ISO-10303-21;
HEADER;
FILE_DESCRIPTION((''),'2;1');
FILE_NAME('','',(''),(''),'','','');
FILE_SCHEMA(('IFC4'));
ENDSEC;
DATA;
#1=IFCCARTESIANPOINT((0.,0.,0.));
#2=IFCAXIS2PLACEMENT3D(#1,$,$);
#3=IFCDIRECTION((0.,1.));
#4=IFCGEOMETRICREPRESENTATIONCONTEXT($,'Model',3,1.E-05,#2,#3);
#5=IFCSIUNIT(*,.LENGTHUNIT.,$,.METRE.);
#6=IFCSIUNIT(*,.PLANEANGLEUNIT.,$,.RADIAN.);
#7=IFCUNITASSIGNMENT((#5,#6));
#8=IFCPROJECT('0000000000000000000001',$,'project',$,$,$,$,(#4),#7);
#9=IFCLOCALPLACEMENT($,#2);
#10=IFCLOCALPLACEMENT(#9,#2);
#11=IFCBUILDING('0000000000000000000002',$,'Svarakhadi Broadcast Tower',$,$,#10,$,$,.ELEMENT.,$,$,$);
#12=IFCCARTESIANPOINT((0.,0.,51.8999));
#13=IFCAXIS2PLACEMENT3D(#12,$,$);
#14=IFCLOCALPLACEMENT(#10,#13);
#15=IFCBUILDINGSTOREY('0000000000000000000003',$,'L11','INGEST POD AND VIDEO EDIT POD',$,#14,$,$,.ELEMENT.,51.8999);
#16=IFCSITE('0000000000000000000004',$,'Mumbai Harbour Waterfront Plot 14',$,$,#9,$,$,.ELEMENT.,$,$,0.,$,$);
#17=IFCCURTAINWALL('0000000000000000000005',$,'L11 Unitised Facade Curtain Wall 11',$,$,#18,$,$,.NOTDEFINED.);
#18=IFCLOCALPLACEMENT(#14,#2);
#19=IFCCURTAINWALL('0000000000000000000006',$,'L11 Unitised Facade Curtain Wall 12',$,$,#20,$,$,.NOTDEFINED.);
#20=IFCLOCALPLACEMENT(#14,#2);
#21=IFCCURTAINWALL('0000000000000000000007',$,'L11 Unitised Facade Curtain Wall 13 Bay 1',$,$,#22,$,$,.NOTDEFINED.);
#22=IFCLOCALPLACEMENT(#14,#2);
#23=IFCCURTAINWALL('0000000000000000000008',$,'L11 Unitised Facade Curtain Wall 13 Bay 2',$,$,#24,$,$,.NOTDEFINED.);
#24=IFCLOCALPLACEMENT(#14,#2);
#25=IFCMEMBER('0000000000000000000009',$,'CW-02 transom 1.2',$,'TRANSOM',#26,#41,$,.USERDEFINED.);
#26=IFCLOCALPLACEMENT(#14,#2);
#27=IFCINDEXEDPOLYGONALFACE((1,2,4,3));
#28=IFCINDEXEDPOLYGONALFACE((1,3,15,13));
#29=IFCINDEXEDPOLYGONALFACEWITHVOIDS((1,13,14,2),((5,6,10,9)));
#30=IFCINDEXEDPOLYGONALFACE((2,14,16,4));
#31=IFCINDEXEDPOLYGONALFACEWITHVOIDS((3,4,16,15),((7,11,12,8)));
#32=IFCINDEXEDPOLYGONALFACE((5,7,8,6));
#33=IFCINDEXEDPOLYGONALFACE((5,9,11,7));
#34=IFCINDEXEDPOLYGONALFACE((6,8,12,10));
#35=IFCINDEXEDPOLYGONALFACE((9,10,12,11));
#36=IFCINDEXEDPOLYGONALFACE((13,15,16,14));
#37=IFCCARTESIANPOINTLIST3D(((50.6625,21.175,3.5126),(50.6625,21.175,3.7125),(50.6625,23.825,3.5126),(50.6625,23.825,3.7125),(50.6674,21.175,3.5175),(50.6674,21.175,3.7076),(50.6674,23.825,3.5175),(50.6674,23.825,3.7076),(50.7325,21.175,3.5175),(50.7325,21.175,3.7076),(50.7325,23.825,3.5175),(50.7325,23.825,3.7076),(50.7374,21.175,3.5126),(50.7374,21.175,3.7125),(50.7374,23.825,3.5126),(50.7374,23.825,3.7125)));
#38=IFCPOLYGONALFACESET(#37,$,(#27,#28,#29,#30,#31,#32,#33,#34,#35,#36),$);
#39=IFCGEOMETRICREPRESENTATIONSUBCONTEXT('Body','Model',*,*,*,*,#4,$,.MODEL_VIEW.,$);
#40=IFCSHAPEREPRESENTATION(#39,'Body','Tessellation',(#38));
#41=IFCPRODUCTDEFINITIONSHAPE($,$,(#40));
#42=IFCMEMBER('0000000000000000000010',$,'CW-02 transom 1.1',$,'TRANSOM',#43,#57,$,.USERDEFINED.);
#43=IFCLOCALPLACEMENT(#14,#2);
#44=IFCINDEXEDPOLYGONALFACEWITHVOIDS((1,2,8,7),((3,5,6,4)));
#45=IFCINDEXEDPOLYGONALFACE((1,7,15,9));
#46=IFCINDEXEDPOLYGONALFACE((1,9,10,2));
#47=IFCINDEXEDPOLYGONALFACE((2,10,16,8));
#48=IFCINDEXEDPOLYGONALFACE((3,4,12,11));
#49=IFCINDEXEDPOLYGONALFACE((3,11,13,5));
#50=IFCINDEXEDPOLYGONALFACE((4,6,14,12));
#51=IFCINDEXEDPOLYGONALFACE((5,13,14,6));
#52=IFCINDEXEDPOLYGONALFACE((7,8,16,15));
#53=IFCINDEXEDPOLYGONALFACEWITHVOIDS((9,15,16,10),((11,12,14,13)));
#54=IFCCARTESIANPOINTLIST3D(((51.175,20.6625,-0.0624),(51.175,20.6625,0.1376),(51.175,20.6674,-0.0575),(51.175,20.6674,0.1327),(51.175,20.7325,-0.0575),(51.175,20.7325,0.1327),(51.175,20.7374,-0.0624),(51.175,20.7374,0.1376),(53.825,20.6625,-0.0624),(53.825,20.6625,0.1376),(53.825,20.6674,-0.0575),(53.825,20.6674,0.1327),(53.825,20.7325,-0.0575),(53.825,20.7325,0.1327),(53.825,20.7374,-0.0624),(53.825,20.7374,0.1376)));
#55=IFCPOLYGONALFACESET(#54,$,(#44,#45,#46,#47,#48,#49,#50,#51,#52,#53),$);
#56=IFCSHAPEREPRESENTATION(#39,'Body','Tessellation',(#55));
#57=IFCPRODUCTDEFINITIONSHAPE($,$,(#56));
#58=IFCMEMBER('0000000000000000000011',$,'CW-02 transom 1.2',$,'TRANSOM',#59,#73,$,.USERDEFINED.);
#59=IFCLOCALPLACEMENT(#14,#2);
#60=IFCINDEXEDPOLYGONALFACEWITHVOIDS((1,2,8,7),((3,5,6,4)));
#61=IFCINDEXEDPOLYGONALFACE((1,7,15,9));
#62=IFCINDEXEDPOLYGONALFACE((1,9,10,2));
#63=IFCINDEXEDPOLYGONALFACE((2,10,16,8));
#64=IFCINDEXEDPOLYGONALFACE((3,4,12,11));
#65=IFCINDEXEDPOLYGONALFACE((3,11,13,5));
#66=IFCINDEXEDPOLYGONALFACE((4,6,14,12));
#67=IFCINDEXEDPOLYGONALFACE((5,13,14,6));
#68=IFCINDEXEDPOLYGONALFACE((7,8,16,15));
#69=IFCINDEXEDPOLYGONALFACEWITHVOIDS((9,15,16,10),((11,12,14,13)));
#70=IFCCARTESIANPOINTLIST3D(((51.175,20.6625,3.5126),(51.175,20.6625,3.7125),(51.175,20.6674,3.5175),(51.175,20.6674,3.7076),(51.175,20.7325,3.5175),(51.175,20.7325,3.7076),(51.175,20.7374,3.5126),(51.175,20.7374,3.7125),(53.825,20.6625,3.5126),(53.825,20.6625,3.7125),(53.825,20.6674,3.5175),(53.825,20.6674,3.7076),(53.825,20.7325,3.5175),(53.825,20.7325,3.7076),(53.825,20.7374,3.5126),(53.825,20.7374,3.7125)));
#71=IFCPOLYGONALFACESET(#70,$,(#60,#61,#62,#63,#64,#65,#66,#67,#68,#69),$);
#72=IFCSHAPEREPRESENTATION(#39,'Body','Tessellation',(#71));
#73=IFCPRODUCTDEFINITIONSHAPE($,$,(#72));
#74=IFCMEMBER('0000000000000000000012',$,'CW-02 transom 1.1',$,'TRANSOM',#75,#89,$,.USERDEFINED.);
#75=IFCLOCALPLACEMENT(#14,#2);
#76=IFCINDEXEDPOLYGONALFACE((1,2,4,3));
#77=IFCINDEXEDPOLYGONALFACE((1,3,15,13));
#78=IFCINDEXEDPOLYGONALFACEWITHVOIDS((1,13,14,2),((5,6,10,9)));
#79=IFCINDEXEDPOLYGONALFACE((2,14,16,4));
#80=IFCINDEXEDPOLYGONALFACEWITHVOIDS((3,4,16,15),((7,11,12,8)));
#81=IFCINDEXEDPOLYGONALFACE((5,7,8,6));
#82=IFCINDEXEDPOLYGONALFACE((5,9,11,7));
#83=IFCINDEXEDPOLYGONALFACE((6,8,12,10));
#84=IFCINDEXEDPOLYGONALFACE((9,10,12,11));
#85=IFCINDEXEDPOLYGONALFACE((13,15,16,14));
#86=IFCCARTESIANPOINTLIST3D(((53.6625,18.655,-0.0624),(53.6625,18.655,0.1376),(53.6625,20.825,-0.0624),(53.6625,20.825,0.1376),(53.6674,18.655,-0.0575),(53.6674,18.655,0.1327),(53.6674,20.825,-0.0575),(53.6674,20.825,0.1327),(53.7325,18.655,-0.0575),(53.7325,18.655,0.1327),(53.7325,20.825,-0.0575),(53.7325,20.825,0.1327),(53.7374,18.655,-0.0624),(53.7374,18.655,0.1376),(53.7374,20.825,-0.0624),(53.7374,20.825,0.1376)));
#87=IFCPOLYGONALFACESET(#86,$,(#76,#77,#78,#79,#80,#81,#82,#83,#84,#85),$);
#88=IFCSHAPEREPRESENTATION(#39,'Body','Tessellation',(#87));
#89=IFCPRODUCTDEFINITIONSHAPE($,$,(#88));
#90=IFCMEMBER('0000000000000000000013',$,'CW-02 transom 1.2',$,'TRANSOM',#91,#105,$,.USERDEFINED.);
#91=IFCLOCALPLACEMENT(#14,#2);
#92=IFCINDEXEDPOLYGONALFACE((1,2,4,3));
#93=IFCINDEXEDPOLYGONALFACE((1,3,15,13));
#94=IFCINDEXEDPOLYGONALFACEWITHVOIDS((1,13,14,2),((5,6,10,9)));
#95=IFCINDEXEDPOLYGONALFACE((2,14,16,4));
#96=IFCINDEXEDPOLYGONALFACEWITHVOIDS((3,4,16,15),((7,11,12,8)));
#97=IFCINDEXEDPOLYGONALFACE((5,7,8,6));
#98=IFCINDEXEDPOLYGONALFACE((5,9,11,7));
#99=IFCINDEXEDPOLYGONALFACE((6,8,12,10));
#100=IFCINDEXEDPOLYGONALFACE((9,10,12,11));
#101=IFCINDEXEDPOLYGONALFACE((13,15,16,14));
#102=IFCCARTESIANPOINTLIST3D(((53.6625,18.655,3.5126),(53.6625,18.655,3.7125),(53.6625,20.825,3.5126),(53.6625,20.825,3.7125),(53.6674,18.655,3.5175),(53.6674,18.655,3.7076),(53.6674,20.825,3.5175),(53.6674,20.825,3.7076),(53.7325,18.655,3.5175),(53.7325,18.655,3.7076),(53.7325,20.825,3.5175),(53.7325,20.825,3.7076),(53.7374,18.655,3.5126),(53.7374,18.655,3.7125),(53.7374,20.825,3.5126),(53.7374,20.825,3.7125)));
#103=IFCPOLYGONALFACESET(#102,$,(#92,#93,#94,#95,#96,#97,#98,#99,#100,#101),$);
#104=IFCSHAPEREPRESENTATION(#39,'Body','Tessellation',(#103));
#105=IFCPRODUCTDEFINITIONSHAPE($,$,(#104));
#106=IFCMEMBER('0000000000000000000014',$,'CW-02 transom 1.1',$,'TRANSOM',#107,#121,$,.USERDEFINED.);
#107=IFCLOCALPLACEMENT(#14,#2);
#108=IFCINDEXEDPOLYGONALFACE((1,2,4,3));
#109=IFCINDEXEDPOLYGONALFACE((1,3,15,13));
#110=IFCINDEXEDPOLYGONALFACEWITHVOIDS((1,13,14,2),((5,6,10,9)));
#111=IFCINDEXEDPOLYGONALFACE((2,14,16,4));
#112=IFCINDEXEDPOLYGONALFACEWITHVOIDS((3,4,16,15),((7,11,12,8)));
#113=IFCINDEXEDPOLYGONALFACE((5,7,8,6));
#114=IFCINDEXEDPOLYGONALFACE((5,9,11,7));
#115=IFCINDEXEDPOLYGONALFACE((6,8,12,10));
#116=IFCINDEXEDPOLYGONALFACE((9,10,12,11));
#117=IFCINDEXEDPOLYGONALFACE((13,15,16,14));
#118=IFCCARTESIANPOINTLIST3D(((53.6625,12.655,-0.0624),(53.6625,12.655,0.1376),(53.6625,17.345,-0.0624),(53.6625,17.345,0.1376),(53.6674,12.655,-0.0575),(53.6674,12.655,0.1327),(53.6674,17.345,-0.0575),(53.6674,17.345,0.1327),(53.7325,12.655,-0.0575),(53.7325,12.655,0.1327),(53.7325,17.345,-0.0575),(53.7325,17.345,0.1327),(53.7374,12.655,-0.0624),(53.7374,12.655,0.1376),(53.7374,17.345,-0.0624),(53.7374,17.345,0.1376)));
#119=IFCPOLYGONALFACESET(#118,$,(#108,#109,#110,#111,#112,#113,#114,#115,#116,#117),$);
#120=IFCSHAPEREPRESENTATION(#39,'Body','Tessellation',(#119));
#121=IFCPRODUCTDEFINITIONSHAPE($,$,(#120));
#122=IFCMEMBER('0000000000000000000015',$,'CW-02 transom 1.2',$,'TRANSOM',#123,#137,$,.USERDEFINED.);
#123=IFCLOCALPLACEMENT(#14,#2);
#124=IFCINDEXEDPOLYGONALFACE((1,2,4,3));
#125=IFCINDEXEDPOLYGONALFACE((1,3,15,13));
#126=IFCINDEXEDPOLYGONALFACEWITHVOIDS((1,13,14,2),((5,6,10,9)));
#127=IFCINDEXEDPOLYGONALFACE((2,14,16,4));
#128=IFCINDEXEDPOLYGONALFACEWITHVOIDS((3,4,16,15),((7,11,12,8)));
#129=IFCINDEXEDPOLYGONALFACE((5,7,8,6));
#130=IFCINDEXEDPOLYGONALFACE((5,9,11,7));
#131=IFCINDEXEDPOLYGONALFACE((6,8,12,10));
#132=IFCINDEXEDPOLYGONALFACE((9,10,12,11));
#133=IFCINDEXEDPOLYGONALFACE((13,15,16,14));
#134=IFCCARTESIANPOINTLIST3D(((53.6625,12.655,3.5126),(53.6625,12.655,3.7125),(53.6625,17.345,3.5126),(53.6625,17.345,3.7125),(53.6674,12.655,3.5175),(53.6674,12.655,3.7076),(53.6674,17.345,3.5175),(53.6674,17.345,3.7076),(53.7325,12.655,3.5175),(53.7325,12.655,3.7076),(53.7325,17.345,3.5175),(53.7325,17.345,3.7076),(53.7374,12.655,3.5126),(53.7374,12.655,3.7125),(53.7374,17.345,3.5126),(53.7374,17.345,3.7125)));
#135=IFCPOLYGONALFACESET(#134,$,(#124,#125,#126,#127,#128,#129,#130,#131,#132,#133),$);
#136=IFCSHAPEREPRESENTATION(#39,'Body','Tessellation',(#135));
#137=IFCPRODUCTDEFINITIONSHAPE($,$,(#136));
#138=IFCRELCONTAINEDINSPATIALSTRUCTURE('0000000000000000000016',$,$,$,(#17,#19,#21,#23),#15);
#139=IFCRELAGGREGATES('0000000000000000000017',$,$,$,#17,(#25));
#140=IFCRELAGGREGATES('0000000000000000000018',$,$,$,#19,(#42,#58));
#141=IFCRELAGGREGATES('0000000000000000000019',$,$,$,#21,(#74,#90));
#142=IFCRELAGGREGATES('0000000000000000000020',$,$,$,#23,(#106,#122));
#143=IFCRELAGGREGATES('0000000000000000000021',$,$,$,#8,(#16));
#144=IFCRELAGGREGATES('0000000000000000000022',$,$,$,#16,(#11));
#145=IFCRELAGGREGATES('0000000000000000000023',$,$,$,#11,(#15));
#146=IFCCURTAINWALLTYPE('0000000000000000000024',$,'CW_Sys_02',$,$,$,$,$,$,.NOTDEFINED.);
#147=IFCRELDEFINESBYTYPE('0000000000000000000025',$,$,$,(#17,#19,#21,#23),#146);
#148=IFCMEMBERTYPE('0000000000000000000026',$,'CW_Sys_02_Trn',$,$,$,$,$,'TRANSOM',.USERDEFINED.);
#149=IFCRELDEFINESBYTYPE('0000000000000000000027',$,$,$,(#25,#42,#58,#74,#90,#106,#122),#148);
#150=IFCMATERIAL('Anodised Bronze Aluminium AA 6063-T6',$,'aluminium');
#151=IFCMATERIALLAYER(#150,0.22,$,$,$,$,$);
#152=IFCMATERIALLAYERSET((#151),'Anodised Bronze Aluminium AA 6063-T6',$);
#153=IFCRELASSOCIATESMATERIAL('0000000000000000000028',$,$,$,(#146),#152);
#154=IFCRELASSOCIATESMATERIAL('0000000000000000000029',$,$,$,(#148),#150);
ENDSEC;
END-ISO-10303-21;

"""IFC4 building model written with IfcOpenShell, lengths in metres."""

from ifc_helpers import new_model, si_unit, direction, frame, origin, origin_2d, place, context, subcontext, project, spatial, hollow_rectangle, extrude, material, layer, layer_set, material_profile, profile_set, type_object, element, aggregate, save


model = new_model("IFC4")

# Units and contexts
model_context = context("Model", 3, precision=1e-05, world=origin(), true_north=direction((0.0, 1.0)))
body_context = subcontext(model_context, "Body", "Model", "MODEL_VIEW")
ifc_project = project(units=[si_unit("LENGTHUNIT", "METRE"), si_unit("PLANEANGLEUNIT", "RADIAN")], contexts=[model_context])

# Site, building, storey
site_placement = place(None, origin())
site = spatial("IfcSite", under=ifc_project, at=site_placement, Name="Mumbai Harbour Waterfront Plot 14", CompositionType="ELEMENT", RefElevation=0.0)
building_placement = place(site_placement, origin())
building = spatial("IfcBuilding", under=site, at=building_placement, Name="Svarakhadi Broadcast Tower", CompositionType="ELEMENT")
storey_placement = place(building_placement, frame((0.0, 0.0, 51.8999)))
storey = spatial("IfcBuildingStorey", under=building, at=storey_placement, Name="L11", Description="INGEST POD AND VIDEO EDIT POD", CompositionType="ELEMENT", Elevation=51.8999)

# Curtain wall
ifc_material_1 = material(Name="Anodised Bronze Aluminium AA 6063-T6", Category="aluminium")
ifc_layer_1 = layer(ifc_material_1, 0.22)
ifc_layer_set_1 = layer_set([ifc_layer_1], Name="Anodised Bronze Aluminium AA 6063-T6")
curtain_wall_type = type_object("IfcCurtainWallType", Name="CW_Sys_02", PredefinedType="NOTDEFINED", material=ifc_layer_set_1)
curtain_wall_1_placement = place(storey_placement, origin())
curtain_wall_1 = element("IfcCurtainWall", 1, at=curtain_wall_1_placement, inside=storey, type_object=curtain_wall_type, Name="L11 Unitised Facade Curtain Wall 11", PredefinedType="NOTDEFINED")

# Curtain walls
curtain_wall_2_placement = place(storey_placement, origin())
curtain_wall_2 = element("IfcCurtainWall", 2, at=curtain_wall_2_placement, inside=storey, type_object=curtain_wall_type, Name="L11 Unitised Facade Curtain Wall 12", PredefinedType="NOTDEFINED")
curtain_wall_3_placement = place(storey_placement, origin())
curtain_wall_3 = element("IfcCurtainWall", 3, at=curtain_wall_3_placement, inside=storey, type_object=curtain_wall_type, Name="L11 Unitised Facade Curtain Wall 13 Bay 1", PredefinedType="NOTDEFINED")
curtain_wall_4_placement = place(storey_placement, origin())
curtain_wall_4 = element("IfcCurtainWall", 4, at=curtain_wall_4_placement, inside=storey, type_object=curtain_wall_type, Name="L11 Unitised Facade Curtain Wall 13 Bay 2", PredefinedType="NOTDEFINED")

# Members
ifc_material_profile_1 = material_profile(ifc_material_1, hollow_rectangle(XDim=0.075, YDim=0.2, WallThickness=0.0049, at=origin_2d()), Name="ALU TRANSOM 200x75x5")
ifc_profile_set_1 = profile_set([ifc_material_profile_1], Name="Anodised Bronze Aluminium AA 6063-T6")
member_type_1 = type_object("IfcMemberType", Name="CW_Sys_02_Trn", ElementType="TRANSOM", PredefinedType="USERDEFINED", material=ifc_profile_set_1)
member_1_placement = place(storey_placement, frame((50.7, 23.825, 3.6125), z_axis=(0.0, -1.0, 0.0), x_axis=(1.0, 0.0, 0.0)))
member_1 = element("IfcMember", 5, at=member_1_placement, type_object=member_type_1, Name="CW-02 transom 1.2", ObjectType="TRANSOM", PredefinedType="USERDEFINED", context=body_context, shape_type="SweptSolid", body=[
    extrude(hollow_rectangle(XDim=0.075, YDim=0.2, WallThickness=0.0049, at=origin_2d()), origin(), (0.0, 0.0, 1.0), 2.6499),
])
member_2_placement = place(storey_placement, frame((51.175, 20.7, 0.0376), z_axis=(1.0, 0.0, 0.0), x_axis=(0.0, 1.0, 0.0)))
member_2 = element("IfcMember", 6, at=member_2_placement, type_object=member_type_1, Name="CW-02 transom 1.1", ObjectType="TRANSOM", PredefinedType="USERDEFINED", context=body_context, shape_type="SweptSolid", body=[
    extrude(hollow_rectangle(XDim=0.075, YDim=0.2, WallThickness=0.0049, at=origin_2d()), origin(), (0.0, 0.0, 1.0), 2.6499),
])
member_3_placement = place(storey_placement, frame((51.175, 20.7, 3.6125), z_axis=(1.0, 0.0, 0.0), x_axis=(0.0, 1.0, 0.0)))
member_3 = element("IfcMember", 7, at=member_3_placement, type_object=member_type_1, Name="CW-02 transom 1.2", ObjectType="TRANSOM", PredefinedType="USERDEFINED", context=body_context, shape_type="SweptSolid", body=[
    extrude(hollow_rectangle(XDim=0.075, YDim=0.2, WallThickness=0.0049, at=origin_2d()), origin(), (0.0, 0.0, 1.0), 2.6499),
])
member_4_placement = place(storey_placement, frame((53.7, 20.825, 0.0376), z_axis=(0.0, -1.0, 0.0), x_axis=(1.0, 0.0, 0.0)))
member_4 = element("IfcMember", 8, at=member_4_placement, type_object=member_type_1, Name="CW-02 transom 1.1", ObjectType="TRANSOM", PredefinedType="USERDEFINED", context=body_context, shape_type="SweptSolid", body=[
    extrude(hollow_rectangle(XDim=0.075, YDim=0.2, WallThickness=0.0049, at=origin_2d()), origin(), (0.0, 0.0, 1.0), 2.1699),
])
member_5_placement = place(storey_placement, frame((53.7, 20.825, 3.6125), z_axis=(0.0, -1.0, 0.0), x_axis=(1.0, 0.0, 0.0)))
member_5 = element("IfcMember", 9, at=member_5_placement, type_object=member_type_1, Name="CW-02 transom 1.2", ObjectType="TRANSOM", PredefinedType="USERDEFINED", context=body_context, shape_type="SweptSolid", body=[
    extrude(hollow_rectangle(XDim=0.075, YDim=0.2, WallThickness=0.0049, at=origin_2d()), origin(), (0.0, 0.0, 1.0), 2.1699),
])
member_6_placement = place(storey_placement, frame((53.7, 17.345, 0.0376), z_axis=(0.0, -1.0, 0.0), x_axis=(1.0, 0.0, 0.0)))
member_6 = element("IfcMember", 10, at=member_6_placement, type_object=member_type_1, Name="CW-02 transom 1.1", ObjectType="TRANSOM", PredefinedType="USERDEFINED", context=body_context, shape_type="SweptSolid", body=[
    extrude(hollow_rectangle(XDim=0.075, YDim=0.2, WallThickness=0.0049, at=origin_2d()), origin(), (0.0, 0.0, 1.0), 4.6899),
])
member_7_placement = place(storey_placement, frame((53.7, 17.345, 3.6125), z_axis=(0.0, -1.0, 0.0), x_axis=(1.0, 0.0, 0.0)))
member_7 = element("IfcMember", 11, at=member_7_placement, type_object=member_type_1, Name="CW-02 transom 1.2", ObjectType="TRANSOM", PredefinedType="USERDEFINED", context=body_context, shape_type="SweptSolid", body=[
    extrude(hollow_rectangle(XDim=0.075, YDim=0.2, WallThickness=0.0049, at=origin_2d()), origin(), (0.0, 0.0, 1.0), 4.6899),
])

aggregate(curtain_wall_1, [member_1])
aggregate(curtain_wall_2, [member_2, member_3])
aggregate(curtain_wall_3, [member_4, member_5])
aggregate(curtain_wall_4, [member_6, member_7])

save(model, "model.ifc")
